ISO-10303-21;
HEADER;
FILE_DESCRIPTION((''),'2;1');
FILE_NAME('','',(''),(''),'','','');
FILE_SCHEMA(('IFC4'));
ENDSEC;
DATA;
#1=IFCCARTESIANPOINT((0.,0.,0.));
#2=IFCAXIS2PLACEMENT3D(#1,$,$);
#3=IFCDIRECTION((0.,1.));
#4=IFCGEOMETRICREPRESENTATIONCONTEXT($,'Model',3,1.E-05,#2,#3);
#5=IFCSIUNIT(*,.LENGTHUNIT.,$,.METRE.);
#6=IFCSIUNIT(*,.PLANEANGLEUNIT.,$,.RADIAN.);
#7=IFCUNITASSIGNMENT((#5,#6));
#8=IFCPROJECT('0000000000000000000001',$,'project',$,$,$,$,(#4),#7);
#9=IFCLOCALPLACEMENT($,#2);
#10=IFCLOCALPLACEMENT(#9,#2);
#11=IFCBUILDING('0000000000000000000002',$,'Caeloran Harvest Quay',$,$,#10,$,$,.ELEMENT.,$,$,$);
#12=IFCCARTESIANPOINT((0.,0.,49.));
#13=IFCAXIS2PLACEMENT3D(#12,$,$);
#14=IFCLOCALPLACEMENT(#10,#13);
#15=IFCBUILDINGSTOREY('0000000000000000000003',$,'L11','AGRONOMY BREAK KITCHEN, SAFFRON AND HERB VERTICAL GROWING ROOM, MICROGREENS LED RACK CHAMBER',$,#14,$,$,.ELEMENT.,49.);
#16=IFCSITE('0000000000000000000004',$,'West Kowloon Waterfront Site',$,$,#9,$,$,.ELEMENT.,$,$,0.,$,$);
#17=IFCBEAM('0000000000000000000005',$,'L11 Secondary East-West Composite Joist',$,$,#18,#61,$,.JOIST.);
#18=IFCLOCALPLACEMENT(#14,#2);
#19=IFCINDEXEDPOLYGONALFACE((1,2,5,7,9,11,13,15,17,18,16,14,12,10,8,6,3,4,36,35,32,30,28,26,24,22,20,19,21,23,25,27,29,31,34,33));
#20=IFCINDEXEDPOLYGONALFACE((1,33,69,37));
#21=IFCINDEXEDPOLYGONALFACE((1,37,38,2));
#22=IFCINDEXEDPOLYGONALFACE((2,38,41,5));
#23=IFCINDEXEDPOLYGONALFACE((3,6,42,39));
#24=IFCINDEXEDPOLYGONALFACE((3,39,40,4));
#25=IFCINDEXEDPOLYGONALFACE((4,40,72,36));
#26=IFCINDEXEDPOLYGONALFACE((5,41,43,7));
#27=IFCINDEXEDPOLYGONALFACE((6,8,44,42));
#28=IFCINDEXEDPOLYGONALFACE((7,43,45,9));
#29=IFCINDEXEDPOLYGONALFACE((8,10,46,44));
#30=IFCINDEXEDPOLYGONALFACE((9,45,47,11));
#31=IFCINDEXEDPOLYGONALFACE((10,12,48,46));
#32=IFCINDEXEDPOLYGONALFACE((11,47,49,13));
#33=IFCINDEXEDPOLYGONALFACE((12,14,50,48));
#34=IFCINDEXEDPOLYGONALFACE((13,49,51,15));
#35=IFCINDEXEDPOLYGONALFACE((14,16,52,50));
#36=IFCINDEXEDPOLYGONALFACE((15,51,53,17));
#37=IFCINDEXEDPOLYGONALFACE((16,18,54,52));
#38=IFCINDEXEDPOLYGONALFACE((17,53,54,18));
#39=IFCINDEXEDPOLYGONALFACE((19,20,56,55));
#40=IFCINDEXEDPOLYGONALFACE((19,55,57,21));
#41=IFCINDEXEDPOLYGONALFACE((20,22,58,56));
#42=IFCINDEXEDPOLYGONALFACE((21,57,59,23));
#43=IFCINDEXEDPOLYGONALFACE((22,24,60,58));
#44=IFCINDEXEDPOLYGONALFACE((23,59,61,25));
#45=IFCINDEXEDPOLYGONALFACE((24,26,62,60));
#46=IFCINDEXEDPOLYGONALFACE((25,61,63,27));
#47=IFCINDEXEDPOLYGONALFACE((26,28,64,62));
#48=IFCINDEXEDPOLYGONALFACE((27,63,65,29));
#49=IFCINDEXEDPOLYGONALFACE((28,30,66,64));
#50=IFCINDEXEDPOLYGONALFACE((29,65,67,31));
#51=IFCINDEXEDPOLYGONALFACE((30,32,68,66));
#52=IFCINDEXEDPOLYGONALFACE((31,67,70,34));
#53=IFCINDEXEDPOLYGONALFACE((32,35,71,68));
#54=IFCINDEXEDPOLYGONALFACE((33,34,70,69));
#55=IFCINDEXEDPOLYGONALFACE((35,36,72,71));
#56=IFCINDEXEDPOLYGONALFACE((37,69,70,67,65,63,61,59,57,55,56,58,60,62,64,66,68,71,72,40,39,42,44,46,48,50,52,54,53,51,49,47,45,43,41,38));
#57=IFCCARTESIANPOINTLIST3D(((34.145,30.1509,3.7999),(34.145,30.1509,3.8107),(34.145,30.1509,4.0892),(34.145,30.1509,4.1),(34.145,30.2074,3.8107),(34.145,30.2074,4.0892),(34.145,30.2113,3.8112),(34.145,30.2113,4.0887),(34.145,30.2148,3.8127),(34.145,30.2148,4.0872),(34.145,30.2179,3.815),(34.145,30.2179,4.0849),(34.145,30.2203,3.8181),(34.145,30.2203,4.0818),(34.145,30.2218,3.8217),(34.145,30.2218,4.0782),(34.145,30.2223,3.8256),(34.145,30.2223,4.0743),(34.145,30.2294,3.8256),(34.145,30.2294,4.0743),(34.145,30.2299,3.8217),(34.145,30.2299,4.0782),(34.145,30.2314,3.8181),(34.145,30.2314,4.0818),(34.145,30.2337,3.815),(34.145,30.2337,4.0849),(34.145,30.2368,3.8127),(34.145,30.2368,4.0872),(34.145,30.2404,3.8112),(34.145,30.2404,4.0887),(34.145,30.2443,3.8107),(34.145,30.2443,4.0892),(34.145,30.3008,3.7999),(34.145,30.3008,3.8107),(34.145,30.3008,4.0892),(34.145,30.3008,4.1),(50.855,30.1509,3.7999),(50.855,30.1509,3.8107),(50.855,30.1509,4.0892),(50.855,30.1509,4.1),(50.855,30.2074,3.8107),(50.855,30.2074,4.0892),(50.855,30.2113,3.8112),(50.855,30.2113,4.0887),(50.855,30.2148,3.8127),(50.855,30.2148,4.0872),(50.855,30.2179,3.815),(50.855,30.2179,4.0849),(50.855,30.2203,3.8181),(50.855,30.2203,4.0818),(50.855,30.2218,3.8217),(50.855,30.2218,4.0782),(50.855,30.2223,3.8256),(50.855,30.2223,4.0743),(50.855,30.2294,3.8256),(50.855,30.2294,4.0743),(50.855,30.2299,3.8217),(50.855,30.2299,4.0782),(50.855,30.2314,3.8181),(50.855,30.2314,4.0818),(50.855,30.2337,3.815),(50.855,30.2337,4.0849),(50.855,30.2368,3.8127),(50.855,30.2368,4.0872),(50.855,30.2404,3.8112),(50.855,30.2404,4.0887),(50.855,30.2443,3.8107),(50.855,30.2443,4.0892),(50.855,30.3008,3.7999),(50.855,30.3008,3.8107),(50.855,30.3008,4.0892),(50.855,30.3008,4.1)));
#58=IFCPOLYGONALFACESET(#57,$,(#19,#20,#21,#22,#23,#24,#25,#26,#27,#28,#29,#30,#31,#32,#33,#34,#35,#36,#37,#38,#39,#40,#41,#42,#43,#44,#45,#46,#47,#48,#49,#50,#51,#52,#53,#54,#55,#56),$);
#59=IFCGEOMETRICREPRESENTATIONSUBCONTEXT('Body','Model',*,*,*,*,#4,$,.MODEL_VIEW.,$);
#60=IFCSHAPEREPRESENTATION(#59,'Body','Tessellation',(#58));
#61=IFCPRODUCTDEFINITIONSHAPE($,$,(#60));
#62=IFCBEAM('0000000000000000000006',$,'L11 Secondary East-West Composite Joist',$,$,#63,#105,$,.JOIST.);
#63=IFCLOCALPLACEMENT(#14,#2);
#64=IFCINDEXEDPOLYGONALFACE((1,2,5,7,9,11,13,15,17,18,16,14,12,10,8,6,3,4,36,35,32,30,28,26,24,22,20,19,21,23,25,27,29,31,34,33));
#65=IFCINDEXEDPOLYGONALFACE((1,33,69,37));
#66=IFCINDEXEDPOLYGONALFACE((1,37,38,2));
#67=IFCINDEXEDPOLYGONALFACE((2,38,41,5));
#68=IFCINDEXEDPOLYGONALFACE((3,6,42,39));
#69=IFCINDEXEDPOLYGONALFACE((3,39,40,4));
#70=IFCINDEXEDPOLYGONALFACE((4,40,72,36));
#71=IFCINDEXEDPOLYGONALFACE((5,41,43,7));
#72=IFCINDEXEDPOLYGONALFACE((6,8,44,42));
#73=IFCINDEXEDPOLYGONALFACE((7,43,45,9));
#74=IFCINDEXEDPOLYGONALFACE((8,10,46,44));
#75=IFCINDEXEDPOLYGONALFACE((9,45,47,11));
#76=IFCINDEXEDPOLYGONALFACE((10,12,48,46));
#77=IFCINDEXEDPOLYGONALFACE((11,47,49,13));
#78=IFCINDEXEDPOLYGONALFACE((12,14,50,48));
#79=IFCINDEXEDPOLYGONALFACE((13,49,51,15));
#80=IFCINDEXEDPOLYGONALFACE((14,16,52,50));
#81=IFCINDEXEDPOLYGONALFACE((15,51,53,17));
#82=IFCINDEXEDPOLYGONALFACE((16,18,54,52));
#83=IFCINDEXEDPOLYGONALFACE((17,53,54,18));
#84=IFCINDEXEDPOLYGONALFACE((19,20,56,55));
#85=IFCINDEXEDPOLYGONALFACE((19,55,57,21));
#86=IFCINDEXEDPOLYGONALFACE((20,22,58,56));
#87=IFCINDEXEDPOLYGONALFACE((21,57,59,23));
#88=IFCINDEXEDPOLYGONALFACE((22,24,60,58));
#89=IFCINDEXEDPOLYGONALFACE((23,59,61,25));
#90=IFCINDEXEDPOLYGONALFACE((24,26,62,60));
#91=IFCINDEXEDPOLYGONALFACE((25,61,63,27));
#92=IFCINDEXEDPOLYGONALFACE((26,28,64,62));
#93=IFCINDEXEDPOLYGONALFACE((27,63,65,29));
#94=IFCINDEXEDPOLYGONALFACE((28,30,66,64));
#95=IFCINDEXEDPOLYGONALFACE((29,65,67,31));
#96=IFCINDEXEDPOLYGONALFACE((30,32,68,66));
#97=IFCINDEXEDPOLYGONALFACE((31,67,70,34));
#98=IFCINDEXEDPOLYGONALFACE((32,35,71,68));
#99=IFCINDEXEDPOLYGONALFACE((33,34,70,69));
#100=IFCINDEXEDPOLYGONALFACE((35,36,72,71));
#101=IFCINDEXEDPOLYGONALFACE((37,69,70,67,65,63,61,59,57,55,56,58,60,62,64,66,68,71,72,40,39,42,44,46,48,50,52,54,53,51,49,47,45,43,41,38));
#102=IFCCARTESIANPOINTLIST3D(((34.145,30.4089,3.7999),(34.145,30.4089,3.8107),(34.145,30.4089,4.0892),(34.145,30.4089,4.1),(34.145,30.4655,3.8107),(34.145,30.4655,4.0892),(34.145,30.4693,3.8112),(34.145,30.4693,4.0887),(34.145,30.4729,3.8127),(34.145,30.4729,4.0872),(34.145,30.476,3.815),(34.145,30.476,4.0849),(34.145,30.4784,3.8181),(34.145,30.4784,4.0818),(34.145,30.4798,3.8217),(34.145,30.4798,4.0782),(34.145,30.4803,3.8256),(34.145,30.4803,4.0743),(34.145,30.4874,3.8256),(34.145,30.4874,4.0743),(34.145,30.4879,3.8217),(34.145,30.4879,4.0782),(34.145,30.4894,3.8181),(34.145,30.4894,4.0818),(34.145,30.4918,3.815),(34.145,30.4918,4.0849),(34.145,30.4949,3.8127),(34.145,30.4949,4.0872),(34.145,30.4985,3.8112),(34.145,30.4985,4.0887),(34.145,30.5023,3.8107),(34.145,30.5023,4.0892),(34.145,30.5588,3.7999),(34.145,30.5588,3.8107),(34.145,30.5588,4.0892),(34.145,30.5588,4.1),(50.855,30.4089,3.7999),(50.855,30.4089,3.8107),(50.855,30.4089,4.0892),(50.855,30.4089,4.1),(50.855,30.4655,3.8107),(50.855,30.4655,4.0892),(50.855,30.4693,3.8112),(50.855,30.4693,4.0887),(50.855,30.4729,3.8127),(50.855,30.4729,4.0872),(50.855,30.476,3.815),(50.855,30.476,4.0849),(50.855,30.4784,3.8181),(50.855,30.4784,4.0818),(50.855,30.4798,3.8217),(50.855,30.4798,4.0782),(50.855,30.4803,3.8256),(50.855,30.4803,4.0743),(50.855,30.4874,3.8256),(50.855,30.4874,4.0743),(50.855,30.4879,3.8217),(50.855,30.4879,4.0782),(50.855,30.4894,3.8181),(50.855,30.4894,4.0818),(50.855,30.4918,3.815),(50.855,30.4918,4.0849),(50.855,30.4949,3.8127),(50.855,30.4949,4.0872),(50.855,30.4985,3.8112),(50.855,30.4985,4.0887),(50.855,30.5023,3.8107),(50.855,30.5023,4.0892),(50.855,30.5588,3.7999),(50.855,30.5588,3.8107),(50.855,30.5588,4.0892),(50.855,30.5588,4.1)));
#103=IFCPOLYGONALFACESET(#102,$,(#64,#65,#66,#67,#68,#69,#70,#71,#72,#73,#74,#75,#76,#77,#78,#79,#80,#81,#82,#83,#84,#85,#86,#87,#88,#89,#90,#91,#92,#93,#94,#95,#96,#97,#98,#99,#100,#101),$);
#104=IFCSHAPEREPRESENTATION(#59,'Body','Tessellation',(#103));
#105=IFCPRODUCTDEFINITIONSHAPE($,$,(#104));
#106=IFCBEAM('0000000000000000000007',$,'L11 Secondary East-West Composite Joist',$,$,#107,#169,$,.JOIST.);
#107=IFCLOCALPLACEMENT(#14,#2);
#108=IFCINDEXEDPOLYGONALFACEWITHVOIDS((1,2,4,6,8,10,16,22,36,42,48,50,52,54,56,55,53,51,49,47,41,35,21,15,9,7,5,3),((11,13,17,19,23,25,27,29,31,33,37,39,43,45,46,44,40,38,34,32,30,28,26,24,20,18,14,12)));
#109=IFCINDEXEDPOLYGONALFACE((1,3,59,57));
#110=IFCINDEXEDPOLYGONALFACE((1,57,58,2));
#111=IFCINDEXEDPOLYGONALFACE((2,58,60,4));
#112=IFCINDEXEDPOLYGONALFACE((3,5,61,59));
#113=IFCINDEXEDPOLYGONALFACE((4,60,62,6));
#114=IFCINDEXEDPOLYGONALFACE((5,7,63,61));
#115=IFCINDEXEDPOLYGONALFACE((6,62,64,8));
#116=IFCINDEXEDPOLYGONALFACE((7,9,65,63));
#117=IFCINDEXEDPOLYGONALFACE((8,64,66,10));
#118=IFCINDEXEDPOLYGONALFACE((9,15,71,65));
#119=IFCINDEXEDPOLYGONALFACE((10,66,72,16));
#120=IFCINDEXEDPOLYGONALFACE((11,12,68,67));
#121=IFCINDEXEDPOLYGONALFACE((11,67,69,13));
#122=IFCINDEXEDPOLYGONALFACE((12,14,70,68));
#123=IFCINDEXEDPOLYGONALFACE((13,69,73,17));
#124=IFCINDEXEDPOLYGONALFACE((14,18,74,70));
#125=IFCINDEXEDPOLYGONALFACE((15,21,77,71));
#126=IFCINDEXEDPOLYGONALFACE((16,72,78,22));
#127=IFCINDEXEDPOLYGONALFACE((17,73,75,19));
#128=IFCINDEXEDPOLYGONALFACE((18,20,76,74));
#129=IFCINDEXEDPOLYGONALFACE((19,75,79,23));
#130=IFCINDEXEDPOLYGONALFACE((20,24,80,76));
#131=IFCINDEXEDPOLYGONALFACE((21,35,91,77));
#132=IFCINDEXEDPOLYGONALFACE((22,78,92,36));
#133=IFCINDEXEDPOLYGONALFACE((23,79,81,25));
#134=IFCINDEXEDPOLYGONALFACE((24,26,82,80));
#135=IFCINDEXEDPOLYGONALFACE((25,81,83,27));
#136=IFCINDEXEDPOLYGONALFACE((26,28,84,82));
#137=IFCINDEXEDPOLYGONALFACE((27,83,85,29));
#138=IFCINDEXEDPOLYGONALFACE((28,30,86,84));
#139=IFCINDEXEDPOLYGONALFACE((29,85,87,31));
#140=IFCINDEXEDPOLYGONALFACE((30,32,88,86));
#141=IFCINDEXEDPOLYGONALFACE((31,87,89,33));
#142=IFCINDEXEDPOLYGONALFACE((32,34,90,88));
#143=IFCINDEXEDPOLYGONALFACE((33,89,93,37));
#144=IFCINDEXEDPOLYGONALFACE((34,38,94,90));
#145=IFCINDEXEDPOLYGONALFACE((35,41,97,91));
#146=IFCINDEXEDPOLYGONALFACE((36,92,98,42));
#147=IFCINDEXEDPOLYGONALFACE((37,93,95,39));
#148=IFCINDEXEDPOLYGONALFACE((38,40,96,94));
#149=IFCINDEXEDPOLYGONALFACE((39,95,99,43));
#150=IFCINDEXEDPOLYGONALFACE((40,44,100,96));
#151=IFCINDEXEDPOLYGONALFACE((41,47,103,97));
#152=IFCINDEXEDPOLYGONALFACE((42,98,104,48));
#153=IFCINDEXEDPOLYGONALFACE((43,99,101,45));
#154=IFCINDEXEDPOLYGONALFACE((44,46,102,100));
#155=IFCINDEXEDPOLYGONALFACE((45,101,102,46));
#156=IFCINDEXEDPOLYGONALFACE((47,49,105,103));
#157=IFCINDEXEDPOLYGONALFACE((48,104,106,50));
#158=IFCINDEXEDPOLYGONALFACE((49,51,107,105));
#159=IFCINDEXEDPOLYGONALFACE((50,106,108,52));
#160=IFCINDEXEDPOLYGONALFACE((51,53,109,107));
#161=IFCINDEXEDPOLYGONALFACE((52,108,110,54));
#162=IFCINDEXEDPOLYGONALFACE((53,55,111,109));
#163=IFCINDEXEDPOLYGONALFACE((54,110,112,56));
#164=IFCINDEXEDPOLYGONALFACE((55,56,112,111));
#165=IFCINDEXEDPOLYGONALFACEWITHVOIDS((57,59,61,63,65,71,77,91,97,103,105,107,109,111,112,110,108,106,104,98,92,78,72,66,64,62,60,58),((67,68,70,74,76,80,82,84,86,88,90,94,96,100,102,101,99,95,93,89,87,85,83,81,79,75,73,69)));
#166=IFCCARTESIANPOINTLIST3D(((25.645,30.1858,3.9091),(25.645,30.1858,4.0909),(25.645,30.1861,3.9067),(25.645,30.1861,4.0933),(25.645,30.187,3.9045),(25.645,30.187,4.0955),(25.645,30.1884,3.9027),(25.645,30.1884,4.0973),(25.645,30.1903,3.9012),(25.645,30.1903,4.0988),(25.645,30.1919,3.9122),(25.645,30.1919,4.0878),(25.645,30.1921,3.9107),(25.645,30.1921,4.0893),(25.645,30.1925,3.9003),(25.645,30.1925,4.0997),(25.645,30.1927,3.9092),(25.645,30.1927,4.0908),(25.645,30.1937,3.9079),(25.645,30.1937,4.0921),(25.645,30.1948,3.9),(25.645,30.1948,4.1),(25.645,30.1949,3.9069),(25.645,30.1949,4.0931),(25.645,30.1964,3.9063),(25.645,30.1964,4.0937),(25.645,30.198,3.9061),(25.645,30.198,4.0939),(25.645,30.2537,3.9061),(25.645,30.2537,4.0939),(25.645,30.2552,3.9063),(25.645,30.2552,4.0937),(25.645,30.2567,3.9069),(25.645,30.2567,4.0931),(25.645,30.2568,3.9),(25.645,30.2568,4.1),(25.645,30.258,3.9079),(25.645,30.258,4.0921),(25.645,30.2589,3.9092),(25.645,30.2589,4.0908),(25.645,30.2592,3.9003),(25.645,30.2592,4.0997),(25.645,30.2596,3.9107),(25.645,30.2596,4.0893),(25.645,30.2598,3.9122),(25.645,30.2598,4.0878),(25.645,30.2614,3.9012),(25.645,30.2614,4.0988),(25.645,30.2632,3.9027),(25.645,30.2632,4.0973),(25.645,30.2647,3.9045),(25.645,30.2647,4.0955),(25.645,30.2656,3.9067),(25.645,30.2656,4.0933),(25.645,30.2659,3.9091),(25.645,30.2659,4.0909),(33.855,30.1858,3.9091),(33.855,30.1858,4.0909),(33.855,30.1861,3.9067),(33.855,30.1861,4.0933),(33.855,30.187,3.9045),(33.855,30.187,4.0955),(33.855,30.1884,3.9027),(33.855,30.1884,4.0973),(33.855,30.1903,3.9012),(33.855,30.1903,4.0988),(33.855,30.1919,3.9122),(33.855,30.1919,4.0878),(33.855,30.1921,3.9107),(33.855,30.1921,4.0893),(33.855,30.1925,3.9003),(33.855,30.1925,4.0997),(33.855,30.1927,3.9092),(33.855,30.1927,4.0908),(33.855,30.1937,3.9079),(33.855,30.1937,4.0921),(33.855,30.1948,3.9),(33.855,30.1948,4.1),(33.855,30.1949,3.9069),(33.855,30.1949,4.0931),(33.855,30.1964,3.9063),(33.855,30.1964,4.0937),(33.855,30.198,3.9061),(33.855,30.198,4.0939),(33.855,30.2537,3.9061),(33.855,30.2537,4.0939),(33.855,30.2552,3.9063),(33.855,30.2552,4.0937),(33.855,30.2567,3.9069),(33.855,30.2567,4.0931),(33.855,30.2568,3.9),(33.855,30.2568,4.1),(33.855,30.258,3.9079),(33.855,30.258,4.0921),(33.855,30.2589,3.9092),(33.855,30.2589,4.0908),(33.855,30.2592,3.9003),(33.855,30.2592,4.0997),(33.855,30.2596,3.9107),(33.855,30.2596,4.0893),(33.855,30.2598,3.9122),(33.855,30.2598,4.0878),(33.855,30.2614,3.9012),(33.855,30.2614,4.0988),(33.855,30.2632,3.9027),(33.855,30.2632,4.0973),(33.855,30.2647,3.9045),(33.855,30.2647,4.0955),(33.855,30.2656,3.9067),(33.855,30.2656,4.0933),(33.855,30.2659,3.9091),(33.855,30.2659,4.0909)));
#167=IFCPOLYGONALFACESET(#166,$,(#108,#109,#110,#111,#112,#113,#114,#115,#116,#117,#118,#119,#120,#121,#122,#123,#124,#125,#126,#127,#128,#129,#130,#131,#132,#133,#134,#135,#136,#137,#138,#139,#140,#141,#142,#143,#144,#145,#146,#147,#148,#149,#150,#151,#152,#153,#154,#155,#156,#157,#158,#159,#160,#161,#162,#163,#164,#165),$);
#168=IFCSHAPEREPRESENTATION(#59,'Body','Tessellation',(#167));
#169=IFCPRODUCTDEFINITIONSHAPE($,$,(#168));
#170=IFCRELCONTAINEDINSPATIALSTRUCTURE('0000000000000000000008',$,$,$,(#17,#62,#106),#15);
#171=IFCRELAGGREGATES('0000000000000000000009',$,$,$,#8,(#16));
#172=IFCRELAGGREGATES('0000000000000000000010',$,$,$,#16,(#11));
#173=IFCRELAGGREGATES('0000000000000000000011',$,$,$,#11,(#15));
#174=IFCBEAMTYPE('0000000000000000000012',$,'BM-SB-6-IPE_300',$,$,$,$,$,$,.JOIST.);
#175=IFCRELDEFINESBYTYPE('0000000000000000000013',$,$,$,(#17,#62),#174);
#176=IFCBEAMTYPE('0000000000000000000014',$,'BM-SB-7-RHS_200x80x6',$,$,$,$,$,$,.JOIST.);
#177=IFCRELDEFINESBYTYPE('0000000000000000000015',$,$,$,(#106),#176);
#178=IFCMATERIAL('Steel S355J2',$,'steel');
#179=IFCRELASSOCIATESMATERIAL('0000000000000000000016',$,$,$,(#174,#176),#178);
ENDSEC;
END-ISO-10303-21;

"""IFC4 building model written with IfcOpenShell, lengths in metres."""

from ifc_helpers import new_model, si_unit, direction, frame, origin, origin_2d, place, context, subcontext, project, spatial, hollow_rectangle, i_section, extrude, material, material_profile, profile_set, type_object, element, save


model = new_model("IFC4")

# Units and contexts
model_context = context("Model", 3, precision=1e-05, world=origin(), true_north=direction((0.0, 1.0)))
body_context = subcontext(model_context, "Body", "Model", "MODEL_VIEW")
ifc_project = project(units=[si_unit("LENGTHUNIT", "METRE"), si_unit("PLANEANGLEUNIT", "RADIAN")], contexts=[model_context])

# Site, building, storey
site_placement = place(None, origin())
site = spatial("IfcSite", under=ifc_project, at=site_placement, Name="West Kowloon Waterfront Site", CompositionType="ELEMENT", RefElevation=0.0)
building_placement = place(site_placement, origin())
building = spatial("IfcBuilding", under=site, at=building_placement, Name="Caeloran Harvest Quay", CompositionType="ELEMENT")
storey_placement = place(building_placement, frame((0.0, 0.0, 49.0)))
storey = spatial("IfcBuildingStorey", under=building, at=storey_placement, Name="L11", Description="AGRONOMY BREAK KITCHEN, SAFFRON AND HERB VERTICAL GROWING ROOM, MICROGREENS LED RACK CHAMBER", CompositionType="ELEMENT", Elevation=49.0)

# Beams
ifc_material_1 = material(Name="Steel S355J2", Category="steel")
ifc_material_profile_1 = material_profile(ifc_material_1, i_section(OverallWidth=0.1499, OverallDepth=0.3, WebThickness=0.0071, FlangeThickness=0.0107, FilletRadius=0.0149, at=origin_2d()), Name="IPE 300")
ifc_profile_set_1 = profile_set([ifc_material_profile_1], Name="Steel S355J2")
beam_type_1 = type_object("IfcBeamType", Name="BM-SB-6-IPE_300", PredefinedType="JOIST", material=ifc_profile_set_1)
for number, where, z_axis, x_axis, name in (
    (1, (34.145, 30.2258, 3.95), (1.0, 0.0, 0.0), (0.0, 1.0, 0.0), "L11 Secondary East-West Composite Joist"),
    (2, (34.145, 30.4839, 3.95), (1.0, 0.0, 0.0), (0.0, 1.0, 0.0), "L11 Secondary East-West Composite Joist"),
):
    element("IfcBeam", number, at=place(storey_placement, frame(where, z_axis=z_axis, x_axis=x_axis)), inside=storey, type_object=beam_type_1, Name=name, PredefinedType="JOIST", context=body_context, shape_type="SweptSolid", body=[
        extrude(i_section(OverallWidth=0.1499, OverallDepth=0.3, WebThickness=0.0071, FlangeThickness=0.0107, FilletRadius=0.0149, at=origin_2d()), origin(), (0.0, 0.0, 1.0), 16.71),
    ])
ifc_material_profile_2 = material_profile(ifc_material_1, hollow_rectangle(XDim=0.0801, YDim=0.2, WallThickness=0.0061, InnerFilletRadius=0.0061, OuterFilletRadius=0.009, at=origin_2d()), Name="RHS 200x80x6")
ifc_profile_set_2 = profile_set([ifc_material_profile_2], Name="Steel S355J2")
beam_type_2 = type_object("IfcBeamType", Name="BM-SB-7-RHS_200x80x6", PredefinedType="JOIST", material=ifc_profile_set_2)
beam_1_placement = place(storey_placement, frame((25.645, 30.2258, 4.0), z_axis=(1.0, 0.0, 0.0), x_axis=(0.0, 1.0, 0.0)))
element("IfcBeam", 3, at=beam_1_placement, inside=storey, type_object=beam_type_2, Name="L11 Secondary East-West Composite Joist", PredefinedType="JOIST", context=body_context, shape_type="SweptSolid", body=[
    extrude(hollow_rectangle(XDim=0.0801, YDim=0.2, WallThickness=0.0061, InnerFilletRadius=0.0061, OuterFilletRadius=0.009, at=origin_2d()), origin(), (0.0, 0.0, 1.0), 8.21),
])

save(model, "model.ifc")
